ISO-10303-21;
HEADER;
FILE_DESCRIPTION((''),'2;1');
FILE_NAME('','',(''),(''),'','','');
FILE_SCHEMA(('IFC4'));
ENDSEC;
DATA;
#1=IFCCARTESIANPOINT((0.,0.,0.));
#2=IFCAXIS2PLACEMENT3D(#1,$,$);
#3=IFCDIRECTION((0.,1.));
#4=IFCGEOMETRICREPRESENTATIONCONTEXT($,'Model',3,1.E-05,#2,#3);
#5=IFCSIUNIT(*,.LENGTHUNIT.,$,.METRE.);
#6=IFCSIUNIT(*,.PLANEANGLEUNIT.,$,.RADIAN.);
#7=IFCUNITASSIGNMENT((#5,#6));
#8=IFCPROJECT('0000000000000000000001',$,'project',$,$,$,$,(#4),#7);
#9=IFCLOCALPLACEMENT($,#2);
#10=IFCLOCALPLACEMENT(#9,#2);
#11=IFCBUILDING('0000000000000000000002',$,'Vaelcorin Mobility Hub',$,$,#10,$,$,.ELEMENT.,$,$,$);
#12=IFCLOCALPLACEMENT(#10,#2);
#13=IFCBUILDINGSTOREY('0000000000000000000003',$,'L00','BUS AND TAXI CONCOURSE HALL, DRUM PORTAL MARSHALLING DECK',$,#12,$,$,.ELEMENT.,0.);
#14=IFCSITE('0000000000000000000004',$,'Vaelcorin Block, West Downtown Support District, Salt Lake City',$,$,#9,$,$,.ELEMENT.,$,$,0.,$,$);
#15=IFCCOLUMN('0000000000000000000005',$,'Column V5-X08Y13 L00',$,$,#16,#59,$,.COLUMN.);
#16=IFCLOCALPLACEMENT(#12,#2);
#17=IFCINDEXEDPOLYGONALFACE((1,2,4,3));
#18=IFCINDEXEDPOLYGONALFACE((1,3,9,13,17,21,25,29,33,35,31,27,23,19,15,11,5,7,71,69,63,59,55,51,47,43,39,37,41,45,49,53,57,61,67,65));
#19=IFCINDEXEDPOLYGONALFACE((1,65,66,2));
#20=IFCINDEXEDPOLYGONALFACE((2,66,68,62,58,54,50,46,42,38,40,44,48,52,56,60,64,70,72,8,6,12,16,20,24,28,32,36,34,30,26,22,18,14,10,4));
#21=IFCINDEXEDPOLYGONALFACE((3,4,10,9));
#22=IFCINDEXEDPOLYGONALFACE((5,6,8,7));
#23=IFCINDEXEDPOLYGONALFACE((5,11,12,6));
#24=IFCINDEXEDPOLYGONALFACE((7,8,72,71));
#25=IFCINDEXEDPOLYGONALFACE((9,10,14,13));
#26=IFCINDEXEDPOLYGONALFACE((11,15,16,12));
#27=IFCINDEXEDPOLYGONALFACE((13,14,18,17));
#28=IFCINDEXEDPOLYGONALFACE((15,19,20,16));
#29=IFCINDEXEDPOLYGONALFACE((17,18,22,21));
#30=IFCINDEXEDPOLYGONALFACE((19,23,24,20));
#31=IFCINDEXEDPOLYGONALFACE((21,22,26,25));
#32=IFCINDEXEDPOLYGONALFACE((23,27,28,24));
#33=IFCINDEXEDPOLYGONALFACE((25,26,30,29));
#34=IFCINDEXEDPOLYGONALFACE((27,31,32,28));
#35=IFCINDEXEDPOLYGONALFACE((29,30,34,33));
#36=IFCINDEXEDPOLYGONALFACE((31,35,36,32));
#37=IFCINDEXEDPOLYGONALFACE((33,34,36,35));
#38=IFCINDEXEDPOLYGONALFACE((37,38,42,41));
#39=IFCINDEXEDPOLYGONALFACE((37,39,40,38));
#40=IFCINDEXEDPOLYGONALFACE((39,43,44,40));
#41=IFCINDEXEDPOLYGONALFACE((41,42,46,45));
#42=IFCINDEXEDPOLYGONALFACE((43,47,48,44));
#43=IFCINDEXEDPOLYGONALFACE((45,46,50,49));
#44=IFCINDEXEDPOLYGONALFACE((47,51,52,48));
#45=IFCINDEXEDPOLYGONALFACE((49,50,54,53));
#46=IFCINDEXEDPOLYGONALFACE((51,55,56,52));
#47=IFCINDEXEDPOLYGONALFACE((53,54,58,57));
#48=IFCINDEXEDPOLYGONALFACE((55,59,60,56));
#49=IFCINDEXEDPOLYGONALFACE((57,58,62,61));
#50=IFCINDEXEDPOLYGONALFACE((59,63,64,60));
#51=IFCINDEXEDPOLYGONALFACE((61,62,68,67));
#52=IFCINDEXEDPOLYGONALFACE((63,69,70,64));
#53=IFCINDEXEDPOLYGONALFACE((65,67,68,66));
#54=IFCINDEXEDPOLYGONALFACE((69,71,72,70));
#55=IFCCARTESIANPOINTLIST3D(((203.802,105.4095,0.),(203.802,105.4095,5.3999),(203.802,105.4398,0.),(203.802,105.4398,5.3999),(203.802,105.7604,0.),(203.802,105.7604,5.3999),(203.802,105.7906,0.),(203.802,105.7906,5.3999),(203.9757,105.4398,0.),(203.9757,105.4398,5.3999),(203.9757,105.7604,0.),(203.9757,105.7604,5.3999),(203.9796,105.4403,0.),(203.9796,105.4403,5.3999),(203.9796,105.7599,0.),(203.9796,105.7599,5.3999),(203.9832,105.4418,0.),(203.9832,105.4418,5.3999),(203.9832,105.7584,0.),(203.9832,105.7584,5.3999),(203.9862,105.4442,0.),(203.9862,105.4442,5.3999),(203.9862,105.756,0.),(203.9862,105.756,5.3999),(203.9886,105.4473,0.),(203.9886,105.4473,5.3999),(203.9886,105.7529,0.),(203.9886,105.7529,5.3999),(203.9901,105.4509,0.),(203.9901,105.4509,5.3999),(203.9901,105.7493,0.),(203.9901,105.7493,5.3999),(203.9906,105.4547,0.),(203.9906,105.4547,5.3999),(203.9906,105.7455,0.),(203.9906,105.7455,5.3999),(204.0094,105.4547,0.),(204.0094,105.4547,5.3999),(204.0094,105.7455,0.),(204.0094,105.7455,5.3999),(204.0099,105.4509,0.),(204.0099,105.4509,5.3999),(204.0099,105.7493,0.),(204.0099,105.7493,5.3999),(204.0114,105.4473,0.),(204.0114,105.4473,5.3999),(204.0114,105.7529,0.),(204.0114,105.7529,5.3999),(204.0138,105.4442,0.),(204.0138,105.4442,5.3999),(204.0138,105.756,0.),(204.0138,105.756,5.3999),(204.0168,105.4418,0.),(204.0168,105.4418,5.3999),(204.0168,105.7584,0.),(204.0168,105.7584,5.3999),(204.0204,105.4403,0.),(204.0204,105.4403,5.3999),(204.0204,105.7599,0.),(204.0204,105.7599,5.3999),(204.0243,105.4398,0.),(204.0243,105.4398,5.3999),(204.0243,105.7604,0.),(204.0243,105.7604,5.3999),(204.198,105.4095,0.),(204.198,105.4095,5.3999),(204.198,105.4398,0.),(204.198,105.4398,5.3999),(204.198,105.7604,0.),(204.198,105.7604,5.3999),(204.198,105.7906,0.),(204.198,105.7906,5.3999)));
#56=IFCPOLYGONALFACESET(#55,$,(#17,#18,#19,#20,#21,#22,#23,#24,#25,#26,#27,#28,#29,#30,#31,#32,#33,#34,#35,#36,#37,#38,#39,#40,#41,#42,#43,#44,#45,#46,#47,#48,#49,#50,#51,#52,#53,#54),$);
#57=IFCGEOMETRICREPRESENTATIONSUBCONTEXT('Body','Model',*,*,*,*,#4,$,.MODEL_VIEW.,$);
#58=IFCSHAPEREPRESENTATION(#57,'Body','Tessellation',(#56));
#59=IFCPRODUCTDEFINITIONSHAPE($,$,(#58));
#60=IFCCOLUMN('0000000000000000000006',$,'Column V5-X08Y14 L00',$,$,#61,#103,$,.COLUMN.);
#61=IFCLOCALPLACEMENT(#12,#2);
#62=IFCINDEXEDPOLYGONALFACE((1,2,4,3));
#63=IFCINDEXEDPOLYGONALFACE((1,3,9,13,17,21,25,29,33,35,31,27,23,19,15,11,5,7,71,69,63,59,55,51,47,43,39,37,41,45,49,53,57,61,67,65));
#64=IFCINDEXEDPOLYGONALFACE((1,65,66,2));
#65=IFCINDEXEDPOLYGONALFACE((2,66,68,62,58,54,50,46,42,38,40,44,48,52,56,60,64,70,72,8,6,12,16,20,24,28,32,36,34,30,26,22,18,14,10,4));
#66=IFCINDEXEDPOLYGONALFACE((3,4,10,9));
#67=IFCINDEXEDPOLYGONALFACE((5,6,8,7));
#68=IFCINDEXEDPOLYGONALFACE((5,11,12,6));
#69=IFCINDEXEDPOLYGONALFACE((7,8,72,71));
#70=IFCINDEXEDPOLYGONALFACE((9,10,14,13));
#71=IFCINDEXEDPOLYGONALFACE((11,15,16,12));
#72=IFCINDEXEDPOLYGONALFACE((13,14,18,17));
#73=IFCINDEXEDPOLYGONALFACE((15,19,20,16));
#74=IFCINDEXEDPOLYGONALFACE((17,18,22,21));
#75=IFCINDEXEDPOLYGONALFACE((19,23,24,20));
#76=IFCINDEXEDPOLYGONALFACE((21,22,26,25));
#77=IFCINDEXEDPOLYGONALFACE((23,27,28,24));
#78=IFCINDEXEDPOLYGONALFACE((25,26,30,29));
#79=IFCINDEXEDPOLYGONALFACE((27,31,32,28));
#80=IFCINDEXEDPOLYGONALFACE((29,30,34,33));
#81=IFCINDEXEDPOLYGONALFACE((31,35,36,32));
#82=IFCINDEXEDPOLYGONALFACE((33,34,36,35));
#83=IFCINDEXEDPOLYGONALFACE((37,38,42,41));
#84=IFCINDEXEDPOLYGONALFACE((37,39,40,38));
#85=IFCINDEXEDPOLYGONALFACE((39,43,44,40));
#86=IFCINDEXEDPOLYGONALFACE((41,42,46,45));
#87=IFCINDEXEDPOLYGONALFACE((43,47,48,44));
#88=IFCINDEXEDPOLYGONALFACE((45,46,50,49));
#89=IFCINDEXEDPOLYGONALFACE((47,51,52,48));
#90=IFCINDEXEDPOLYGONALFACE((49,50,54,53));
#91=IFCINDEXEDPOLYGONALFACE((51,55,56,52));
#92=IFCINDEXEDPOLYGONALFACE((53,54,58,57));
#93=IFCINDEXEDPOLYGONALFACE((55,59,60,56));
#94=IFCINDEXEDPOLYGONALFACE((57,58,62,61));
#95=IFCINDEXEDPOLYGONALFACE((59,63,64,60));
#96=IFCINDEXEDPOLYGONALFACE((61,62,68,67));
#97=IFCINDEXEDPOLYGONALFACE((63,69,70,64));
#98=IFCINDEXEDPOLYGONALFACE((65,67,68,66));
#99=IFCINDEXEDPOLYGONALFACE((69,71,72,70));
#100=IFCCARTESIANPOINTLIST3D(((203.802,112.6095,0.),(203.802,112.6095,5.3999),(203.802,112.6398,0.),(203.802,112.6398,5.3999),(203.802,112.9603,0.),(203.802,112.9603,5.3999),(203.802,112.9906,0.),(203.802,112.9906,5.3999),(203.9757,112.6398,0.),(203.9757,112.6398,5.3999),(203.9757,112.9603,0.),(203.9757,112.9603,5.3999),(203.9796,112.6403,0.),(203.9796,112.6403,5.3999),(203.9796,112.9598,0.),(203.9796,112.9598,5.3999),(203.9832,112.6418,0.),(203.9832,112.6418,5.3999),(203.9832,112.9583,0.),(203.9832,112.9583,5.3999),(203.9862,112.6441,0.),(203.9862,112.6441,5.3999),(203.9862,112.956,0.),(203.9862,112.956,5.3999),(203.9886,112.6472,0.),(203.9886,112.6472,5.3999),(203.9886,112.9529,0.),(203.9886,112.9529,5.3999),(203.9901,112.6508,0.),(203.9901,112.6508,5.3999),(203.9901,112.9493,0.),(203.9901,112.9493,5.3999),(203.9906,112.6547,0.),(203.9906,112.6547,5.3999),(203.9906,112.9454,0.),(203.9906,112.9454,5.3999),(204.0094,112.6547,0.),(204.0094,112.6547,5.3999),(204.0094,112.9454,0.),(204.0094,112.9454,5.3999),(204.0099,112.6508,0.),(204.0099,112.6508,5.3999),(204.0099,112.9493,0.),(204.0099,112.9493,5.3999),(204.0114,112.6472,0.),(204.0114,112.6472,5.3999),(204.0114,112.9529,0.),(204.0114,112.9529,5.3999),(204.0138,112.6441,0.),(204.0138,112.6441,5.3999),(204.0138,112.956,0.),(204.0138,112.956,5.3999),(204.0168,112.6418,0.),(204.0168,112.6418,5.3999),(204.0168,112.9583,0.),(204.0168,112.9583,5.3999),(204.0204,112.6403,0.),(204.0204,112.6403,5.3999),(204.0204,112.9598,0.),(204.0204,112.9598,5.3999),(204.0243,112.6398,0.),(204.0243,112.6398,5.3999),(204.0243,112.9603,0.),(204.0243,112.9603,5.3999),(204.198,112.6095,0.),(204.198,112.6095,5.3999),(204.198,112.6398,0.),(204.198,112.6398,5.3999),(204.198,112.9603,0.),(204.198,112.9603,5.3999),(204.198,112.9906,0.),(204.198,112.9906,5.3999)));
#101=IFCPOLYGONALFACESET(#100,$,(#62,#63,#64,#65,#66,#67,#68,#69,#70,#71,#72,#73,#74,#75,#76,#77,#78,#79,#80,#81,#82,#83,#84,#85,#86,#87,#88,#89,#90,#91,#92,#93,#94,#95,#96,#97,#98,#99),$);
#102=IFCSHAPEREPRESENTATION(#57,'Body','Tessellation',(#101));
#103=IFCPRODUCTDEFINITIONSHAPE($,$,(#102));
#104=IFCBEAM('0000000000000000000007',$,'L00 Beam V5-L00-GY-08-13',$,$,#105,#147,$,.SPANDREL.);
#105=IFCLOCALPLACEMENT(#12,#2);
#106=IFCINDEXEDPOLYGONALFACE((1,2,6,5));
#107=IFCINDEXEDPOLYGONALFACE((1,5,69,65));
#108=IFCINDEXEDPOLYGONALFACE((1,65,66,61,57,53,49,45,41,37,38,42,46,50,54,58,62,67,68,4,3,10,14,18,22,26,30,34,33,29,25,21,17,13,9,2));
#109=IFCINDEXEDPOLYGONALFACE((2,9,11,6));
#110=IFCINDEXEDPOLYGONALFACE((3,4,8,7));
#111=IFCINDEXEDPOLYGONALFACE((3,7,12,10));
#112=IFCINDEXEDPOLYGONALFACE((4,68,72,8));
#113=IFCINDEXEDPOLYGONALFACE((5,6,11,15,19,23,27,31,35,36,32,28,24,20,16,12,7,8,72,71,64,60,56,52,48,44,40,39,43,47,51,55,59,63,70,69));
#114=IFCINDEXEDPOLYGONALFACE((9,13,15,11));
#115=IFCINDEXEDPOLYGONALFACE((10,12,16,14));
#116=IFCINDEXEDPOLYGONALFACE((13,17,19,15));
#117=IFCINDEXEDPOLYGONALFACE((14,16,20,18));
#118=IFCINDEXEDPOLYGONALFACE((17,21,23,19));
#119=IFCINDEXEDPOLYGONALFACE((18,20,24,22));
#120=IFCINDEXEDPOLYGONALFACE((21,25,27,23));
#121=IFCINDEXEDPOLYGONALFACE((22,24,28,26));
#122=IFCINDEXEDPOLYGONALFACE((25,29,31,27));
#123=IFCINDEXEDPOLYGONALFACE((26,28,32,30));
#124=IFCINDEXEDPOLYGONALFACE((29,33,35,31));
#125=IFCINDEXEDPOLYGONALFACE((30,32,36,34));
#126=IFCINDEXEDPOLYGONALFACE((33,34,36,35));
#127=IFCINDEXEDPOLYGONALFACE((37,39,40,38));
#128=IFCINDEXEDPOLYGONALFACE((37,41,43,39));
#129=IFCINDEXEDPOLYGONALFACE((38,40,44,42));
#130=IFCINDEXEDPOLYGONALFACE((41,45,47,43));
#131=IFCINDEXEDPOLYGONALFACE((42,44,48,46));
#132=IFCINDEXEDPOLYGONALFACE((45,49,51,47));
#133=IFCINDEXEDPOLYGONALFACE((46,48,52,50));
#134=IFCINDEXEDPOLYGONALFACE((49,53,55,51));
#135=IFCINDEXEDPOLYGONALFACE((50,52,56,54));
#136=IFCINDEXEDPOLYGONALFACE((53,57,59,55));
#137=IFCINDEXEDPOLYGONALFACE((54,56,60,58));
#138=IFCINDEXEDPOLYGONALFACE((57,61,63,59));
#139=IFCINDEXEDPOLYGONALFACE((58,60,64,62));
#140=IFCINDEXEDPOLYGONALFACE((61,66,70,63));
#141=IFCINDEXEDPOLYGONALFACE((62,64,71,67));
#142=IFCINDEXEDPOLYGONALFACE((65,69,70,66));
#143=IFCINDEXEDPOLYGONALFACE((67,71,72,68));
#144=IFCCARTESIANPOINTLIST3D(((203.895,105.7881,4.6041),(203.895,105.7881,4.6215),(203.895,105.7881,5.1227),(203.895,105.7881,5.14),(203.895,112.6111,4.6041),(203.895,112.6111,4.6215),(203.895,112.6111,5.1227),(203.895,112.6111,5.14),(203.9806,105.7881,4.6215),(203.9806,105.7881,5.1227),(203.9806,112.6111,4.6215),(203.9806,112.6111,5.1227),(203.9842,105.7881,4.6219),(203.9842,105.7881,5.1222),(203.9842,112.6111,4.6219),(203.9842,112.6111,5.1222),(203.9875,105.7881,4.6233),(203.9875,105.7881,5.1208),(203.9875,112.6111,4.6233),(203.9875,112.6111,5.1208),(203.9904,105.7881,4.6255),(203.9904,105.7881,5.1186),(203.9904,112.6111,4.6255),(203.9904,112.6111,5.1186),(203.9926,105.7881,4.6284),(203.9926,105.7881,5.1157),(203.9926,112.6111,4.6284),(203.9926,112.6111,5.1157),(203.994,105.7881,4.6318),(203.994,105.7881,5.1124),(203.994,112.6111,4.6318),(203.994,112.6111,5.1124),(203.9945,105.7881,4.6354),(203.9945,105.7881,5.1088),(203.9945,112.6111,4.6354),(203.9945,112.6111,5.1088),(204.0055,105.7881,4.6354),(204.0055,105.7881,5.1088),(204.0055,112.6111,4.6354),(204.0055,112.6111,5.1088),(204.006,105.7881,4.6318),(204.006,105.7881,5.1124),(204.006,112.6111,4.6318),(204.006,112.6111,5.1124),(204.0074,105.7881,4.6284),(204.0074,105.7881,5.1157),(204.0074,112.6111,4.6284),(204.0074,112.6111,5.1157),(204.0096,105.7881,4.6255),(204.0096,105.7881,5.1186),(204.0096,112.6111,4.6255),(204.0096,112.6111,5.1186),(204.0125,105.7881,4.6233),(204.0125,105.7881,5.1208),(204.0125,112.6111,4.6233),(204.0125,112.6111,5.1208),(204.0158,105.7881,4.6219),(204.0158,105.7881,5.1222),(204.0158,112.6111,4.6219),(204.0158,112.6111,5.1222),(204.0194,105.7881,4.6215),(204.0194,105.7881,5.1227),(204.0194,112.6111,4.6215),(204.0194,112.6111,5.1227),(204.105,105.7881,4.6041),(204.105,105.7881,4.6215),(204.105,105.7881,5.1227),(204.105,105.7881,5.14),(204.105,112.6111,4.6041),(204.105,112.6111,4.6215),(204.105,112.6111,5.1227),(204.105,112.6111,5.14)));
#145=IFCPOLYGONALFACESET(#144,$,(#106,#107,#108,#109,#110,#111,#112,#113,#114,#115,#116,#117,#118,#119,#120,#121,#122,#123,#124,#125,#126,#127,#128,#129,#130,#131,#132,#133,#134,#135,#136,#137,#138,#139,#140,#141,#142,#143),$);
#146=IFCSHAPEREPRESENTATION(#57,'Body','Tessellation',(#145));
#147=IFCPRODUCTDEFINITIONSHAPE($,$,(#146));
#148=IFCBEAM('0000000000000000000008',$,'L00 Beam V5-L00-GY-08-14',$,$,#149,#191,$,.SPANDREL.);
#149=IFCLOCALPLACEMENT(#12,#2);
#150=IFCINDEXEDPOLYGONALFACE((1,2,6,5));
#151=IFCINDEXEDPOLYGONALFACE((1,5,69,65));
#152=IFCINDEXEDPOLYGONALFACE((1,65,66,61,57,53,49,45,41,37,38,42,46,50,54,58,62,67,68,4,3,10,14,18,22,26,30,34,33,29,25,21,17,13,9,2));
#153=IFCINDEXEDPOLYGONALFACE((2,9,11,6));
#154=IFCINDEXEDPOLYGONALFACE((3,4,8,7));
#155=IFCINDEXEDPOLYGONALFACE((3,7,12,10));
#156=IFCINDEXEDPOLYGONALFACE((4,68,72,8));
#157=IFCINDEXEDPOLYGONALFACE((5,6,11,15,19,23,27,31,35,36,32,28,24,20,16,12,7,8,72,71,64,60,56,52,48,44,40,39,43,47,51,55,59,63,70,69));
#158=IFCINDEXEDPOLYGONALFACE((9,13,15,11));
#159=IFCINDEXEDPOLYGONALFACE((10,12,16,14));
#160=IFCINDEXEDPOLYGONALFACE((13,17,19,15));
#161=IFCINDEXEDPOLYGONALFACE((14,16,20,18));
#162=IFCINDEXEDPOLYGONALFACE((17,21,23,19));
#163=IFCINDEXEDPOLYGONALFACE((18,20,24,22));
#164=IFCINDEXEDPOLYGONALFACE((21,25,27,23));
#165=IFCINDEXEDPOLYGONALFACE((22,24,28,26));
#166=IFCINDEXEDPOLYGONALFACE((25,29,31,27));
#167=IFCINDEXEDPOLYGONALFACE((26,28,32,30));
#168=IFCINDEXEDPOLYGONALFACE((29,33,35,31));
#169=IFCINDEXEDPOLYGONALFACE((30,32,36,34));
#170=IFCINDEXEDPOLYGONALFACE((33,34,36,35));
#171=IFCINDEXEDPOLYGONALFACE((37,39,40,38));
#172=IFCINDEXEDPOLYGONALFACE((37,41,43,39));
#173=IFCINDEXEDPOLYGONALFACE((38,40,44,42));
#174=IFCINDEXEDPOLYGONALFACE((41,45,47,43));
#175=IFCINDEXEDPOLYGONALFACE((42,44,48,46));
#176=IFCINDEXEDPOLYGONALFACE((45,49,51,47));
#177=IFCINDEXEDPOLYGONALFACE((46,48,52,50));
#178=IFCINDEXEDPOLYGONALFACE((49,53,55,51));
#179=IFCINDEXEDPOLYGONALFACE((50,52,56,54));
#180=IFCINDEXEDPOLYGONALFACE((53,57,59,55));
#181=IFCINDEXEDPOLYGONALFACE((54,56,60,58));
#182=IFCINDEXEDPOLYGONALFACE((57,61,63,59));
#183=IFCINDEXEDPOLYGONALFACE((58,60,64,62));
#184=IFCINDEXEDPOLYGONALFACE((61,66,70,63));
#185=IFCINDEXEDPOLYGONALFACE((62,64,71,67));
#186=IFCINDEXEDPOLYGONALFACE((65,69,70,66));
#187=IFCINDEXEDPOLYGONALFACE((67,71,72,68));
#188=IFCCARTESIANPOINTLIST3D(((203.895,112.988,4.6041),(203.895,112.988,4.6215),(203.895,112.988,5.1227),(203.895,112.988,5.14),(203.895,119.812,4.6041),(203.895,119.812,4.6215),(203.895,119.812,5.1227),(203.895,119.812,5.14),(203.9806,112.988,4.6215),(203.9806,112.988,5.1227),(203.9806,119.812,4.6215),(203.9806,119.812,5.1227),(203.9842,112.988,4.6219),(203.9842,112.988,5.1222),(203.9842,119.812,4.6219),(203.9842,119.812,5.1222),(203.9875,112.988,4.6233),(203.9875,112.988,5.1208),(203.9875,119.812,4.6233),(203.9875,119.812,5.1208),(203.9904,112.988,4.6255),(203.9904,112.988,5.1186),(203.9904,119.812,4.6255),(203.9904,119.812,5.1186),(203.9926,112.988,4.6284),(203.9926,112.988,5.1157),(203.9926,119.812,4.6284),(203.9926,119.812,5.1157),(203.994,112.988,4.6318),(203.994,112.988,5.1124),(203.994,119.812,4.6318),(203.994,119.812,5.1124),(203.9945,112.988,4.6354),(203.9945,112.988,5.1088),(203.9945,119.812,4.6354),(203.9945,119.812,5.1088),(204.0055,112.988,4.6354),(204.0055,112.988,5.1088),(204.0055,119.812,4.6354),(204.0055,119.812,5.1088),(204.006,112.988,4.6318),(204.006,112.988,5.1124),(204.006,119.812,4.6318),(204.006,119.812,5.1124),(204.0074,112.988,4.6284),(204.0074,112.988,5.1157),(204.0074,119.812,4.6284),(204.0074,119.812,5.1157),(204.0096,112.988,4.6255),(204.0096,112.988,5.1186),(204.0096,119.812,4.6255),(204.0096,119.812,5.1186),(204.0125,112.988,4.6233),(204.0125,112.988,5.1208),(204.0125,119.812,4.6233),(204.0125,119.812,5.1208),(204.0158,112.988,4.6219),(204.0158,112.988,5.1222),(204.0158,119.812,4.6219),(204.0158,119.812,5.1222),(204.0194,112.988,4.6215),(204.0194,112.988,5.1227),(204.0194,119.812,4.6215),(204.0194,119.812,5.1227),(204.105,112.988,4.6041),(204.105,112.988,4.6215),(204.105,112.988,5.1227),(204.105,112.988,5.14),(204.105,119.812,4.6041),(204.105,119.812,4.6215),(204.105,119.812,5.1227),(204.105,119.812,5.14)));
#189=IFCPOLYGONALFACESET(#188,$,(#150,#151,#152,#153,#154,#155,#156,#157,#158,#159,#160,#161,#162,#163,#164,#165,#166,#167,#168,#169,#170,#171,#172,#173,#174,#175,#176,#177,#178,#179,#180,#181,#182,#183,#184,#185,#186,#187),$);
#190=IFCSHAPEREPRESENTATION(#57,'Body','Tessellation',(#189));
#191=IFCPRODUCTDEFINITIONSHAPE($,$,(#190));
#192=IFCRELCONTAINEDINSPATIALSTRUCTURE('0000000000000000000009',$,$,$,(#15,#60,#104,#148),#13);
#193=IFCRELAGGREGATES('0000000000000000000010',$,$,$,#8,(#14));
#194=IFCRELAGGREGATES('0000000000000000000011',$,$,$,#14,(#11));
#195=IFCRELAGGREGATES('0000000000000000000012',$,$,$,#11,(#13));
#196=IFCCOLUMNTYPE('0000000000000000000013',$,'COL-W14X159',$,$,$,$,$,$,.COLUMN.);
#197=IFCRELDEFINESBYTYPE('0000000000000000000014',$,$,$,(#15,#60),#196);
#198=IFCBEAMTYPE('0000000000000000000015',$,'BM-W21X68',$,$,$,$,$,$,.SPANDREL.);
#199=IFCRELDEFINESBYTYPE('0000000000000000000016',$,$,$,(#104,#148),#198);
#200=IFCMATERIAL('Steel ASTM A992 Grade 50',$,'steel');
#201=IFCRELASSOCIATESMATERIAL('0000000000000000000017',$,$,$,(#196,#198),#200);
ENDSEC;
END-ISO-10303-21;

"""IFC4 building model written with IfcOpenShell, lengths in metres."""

from ifc_helpers import new_model, si_unit, direction, frame, origin, origin_2d, place, context, subcontext, project, spatial, i_section, extrude, material, material_profile, profile_set, type_object, element, save


model = new_model("IFC4")

# Units and contexts
model_context = context("Model", 3, precision=1e-05, world=origin(), true_north=direction((0.0, 1.0)))
body_context = subcontext(model_context, "Body", "Model", "MODEL_VIEW")
ifc_project = project(units=[si_unit("LENGTHUNIT", "METRE"), si_unit("PLANEANGLEUNIT", "RADIAN")], contexts=[model_context])

# Site, building, storey
site_placement = place(None, origin())
site = spatial("IfcSite", under=ifc_project, at=site_placement, Name="Vaelcorin Block, West Downtown Support District, Salt Lake City", CompositionType="ELEMENT", RefElevation=0.0)
building_placement = place(site_placement, origin())
building = spatial("IfcBuilding", under=site, at=building_placement, Name="Vaelcorin Mobility Hub", CompositionType="ELEMENT")
storey_placement = place(building_placement, origin())
storey = spatial("IfcBuildingStorey", under=building, at=storey_placement, Name="L00", Description="BUS AND TAXI CONCOURSE HALL, DRUM PORTAL MARSHALLING DECK", CompositionType="ELEMENT", Elevation=0.0)

# Columns
ifc_material_1 = material(Name="Steel ASTM A992 Grade 50", Category="steel")
ifc_material_profile_1 = material_profile(ifc_material_1, i_section(OverallWidth=0.396, OverallDepth=0.3811, WebThickness=0.0188, FlangeThickness=0.0303, FilletRadius=0.0149, at=origin_2d()), Name="W14X159")
ifc_profile_set_1 = profile_set([ifc_material_profile_1], Name="Steel ASTM A992 Grade 50")
column_type = type_object("IfcColumnType", Name="COL-W14X159", PredefinedType="COLUMN", material=ifc_profile_set_1)
for number, where, z_axis, x_axis, name in (
    (1, (204.0, 105.6001, 0.0), (0.0, 0.0, 1.0), (1.0, 0.0, 0.0), "Column V5-X08Y13 L00"),
    (2, (204.0, 112.8, 0.0), (0.0, 0.0, 1.0), (1.0, 0.0, 0.0), "Column V5-X08Y14 L00"),
):
    element("IfcColumn", number, at=place(storey_placement, frame(where, z_axis=z_axis, x_axis=x_axis)), inside=storey, type_object=column_type, Name=name, PredefinedType="COLUMN", context=body_context, shape_type="SweptSolid", body=[
        extrude(i_section(OverallWidth=0.396, OverallDepth=0.3811, WebThickness=0.0188, FlangeThickness=0.0303, FilletRadius=0.0149, at=origin_2d()), origin(), (0.0, 0.0, 1.0), 5.3999),
    ])

# Beams
ifc_material_profile_2 = material_profile(ifc_material_1, i_section(OverallWidth=0.21, OverallDepth=0.5359, WebThickness=0.011, FlangeThickness=0.0173, FilletRadius=0.0139, at=origin_2d()), Name="W21X68")
ifc_profile_set_2 = profile_set([ifc_material_profile_2], Name="Steel ASTM A992 Grade 50")
beam_type = type_object("IfcBeamType", Name="BM-W21X68", PredefinedType="SPANDREL", material=ifc_profile_set_2)
beam_1_placement = place(storey_placement, frame((204.0, 105.7881, 4.8721), z_axis=(0.0, 1.0, 0.0), x_axis=(-1.0, 0.0, 0.0)))
element("IfcBeam", 3, at=beam_1_placement, inside=storey, type_object=beam_type, Name="L00 Beam V5-L00-GY-08-13", PredefinedType="SPANDREL", context=body_context, shape_type="SweptSolid", body=[
    extrude(i_section(OverallWidth=0.21, OverallDepth=0.5359, WebThickness=0.011, FlangeThickness=0.0173, FilletRadius=0.0139, at=origin_2d()), origin(), (0.0, 0.0, 1.0), 6.823),
])
beam_2_placement = place(storey_placement, frame((204.0, 112.988, 4.8721), z_axis=(0.0, 1.0, 0.0), x_axis=(-1.0, 0.0, 0.0)))
element("IfcBeam", 4, at=beam_2_placement, inside=storey, type_object=beam_type, Name="L00 Beam V5-L00-GY-08-14", PredefinedType="SPANDREL", context=body_context, shape_type="SweptSolid", body=[
    extrude(i_section(OverallWidth=0.21, OverallDepth=0.5359, WebThickness=0.011, FlangeThickness=0.0173, FilletRadius=0.0139, at=origin_2d()), origin(), (0.0, 0.0, 1.0), 6.824),
])

save(model, "model.ifc")
